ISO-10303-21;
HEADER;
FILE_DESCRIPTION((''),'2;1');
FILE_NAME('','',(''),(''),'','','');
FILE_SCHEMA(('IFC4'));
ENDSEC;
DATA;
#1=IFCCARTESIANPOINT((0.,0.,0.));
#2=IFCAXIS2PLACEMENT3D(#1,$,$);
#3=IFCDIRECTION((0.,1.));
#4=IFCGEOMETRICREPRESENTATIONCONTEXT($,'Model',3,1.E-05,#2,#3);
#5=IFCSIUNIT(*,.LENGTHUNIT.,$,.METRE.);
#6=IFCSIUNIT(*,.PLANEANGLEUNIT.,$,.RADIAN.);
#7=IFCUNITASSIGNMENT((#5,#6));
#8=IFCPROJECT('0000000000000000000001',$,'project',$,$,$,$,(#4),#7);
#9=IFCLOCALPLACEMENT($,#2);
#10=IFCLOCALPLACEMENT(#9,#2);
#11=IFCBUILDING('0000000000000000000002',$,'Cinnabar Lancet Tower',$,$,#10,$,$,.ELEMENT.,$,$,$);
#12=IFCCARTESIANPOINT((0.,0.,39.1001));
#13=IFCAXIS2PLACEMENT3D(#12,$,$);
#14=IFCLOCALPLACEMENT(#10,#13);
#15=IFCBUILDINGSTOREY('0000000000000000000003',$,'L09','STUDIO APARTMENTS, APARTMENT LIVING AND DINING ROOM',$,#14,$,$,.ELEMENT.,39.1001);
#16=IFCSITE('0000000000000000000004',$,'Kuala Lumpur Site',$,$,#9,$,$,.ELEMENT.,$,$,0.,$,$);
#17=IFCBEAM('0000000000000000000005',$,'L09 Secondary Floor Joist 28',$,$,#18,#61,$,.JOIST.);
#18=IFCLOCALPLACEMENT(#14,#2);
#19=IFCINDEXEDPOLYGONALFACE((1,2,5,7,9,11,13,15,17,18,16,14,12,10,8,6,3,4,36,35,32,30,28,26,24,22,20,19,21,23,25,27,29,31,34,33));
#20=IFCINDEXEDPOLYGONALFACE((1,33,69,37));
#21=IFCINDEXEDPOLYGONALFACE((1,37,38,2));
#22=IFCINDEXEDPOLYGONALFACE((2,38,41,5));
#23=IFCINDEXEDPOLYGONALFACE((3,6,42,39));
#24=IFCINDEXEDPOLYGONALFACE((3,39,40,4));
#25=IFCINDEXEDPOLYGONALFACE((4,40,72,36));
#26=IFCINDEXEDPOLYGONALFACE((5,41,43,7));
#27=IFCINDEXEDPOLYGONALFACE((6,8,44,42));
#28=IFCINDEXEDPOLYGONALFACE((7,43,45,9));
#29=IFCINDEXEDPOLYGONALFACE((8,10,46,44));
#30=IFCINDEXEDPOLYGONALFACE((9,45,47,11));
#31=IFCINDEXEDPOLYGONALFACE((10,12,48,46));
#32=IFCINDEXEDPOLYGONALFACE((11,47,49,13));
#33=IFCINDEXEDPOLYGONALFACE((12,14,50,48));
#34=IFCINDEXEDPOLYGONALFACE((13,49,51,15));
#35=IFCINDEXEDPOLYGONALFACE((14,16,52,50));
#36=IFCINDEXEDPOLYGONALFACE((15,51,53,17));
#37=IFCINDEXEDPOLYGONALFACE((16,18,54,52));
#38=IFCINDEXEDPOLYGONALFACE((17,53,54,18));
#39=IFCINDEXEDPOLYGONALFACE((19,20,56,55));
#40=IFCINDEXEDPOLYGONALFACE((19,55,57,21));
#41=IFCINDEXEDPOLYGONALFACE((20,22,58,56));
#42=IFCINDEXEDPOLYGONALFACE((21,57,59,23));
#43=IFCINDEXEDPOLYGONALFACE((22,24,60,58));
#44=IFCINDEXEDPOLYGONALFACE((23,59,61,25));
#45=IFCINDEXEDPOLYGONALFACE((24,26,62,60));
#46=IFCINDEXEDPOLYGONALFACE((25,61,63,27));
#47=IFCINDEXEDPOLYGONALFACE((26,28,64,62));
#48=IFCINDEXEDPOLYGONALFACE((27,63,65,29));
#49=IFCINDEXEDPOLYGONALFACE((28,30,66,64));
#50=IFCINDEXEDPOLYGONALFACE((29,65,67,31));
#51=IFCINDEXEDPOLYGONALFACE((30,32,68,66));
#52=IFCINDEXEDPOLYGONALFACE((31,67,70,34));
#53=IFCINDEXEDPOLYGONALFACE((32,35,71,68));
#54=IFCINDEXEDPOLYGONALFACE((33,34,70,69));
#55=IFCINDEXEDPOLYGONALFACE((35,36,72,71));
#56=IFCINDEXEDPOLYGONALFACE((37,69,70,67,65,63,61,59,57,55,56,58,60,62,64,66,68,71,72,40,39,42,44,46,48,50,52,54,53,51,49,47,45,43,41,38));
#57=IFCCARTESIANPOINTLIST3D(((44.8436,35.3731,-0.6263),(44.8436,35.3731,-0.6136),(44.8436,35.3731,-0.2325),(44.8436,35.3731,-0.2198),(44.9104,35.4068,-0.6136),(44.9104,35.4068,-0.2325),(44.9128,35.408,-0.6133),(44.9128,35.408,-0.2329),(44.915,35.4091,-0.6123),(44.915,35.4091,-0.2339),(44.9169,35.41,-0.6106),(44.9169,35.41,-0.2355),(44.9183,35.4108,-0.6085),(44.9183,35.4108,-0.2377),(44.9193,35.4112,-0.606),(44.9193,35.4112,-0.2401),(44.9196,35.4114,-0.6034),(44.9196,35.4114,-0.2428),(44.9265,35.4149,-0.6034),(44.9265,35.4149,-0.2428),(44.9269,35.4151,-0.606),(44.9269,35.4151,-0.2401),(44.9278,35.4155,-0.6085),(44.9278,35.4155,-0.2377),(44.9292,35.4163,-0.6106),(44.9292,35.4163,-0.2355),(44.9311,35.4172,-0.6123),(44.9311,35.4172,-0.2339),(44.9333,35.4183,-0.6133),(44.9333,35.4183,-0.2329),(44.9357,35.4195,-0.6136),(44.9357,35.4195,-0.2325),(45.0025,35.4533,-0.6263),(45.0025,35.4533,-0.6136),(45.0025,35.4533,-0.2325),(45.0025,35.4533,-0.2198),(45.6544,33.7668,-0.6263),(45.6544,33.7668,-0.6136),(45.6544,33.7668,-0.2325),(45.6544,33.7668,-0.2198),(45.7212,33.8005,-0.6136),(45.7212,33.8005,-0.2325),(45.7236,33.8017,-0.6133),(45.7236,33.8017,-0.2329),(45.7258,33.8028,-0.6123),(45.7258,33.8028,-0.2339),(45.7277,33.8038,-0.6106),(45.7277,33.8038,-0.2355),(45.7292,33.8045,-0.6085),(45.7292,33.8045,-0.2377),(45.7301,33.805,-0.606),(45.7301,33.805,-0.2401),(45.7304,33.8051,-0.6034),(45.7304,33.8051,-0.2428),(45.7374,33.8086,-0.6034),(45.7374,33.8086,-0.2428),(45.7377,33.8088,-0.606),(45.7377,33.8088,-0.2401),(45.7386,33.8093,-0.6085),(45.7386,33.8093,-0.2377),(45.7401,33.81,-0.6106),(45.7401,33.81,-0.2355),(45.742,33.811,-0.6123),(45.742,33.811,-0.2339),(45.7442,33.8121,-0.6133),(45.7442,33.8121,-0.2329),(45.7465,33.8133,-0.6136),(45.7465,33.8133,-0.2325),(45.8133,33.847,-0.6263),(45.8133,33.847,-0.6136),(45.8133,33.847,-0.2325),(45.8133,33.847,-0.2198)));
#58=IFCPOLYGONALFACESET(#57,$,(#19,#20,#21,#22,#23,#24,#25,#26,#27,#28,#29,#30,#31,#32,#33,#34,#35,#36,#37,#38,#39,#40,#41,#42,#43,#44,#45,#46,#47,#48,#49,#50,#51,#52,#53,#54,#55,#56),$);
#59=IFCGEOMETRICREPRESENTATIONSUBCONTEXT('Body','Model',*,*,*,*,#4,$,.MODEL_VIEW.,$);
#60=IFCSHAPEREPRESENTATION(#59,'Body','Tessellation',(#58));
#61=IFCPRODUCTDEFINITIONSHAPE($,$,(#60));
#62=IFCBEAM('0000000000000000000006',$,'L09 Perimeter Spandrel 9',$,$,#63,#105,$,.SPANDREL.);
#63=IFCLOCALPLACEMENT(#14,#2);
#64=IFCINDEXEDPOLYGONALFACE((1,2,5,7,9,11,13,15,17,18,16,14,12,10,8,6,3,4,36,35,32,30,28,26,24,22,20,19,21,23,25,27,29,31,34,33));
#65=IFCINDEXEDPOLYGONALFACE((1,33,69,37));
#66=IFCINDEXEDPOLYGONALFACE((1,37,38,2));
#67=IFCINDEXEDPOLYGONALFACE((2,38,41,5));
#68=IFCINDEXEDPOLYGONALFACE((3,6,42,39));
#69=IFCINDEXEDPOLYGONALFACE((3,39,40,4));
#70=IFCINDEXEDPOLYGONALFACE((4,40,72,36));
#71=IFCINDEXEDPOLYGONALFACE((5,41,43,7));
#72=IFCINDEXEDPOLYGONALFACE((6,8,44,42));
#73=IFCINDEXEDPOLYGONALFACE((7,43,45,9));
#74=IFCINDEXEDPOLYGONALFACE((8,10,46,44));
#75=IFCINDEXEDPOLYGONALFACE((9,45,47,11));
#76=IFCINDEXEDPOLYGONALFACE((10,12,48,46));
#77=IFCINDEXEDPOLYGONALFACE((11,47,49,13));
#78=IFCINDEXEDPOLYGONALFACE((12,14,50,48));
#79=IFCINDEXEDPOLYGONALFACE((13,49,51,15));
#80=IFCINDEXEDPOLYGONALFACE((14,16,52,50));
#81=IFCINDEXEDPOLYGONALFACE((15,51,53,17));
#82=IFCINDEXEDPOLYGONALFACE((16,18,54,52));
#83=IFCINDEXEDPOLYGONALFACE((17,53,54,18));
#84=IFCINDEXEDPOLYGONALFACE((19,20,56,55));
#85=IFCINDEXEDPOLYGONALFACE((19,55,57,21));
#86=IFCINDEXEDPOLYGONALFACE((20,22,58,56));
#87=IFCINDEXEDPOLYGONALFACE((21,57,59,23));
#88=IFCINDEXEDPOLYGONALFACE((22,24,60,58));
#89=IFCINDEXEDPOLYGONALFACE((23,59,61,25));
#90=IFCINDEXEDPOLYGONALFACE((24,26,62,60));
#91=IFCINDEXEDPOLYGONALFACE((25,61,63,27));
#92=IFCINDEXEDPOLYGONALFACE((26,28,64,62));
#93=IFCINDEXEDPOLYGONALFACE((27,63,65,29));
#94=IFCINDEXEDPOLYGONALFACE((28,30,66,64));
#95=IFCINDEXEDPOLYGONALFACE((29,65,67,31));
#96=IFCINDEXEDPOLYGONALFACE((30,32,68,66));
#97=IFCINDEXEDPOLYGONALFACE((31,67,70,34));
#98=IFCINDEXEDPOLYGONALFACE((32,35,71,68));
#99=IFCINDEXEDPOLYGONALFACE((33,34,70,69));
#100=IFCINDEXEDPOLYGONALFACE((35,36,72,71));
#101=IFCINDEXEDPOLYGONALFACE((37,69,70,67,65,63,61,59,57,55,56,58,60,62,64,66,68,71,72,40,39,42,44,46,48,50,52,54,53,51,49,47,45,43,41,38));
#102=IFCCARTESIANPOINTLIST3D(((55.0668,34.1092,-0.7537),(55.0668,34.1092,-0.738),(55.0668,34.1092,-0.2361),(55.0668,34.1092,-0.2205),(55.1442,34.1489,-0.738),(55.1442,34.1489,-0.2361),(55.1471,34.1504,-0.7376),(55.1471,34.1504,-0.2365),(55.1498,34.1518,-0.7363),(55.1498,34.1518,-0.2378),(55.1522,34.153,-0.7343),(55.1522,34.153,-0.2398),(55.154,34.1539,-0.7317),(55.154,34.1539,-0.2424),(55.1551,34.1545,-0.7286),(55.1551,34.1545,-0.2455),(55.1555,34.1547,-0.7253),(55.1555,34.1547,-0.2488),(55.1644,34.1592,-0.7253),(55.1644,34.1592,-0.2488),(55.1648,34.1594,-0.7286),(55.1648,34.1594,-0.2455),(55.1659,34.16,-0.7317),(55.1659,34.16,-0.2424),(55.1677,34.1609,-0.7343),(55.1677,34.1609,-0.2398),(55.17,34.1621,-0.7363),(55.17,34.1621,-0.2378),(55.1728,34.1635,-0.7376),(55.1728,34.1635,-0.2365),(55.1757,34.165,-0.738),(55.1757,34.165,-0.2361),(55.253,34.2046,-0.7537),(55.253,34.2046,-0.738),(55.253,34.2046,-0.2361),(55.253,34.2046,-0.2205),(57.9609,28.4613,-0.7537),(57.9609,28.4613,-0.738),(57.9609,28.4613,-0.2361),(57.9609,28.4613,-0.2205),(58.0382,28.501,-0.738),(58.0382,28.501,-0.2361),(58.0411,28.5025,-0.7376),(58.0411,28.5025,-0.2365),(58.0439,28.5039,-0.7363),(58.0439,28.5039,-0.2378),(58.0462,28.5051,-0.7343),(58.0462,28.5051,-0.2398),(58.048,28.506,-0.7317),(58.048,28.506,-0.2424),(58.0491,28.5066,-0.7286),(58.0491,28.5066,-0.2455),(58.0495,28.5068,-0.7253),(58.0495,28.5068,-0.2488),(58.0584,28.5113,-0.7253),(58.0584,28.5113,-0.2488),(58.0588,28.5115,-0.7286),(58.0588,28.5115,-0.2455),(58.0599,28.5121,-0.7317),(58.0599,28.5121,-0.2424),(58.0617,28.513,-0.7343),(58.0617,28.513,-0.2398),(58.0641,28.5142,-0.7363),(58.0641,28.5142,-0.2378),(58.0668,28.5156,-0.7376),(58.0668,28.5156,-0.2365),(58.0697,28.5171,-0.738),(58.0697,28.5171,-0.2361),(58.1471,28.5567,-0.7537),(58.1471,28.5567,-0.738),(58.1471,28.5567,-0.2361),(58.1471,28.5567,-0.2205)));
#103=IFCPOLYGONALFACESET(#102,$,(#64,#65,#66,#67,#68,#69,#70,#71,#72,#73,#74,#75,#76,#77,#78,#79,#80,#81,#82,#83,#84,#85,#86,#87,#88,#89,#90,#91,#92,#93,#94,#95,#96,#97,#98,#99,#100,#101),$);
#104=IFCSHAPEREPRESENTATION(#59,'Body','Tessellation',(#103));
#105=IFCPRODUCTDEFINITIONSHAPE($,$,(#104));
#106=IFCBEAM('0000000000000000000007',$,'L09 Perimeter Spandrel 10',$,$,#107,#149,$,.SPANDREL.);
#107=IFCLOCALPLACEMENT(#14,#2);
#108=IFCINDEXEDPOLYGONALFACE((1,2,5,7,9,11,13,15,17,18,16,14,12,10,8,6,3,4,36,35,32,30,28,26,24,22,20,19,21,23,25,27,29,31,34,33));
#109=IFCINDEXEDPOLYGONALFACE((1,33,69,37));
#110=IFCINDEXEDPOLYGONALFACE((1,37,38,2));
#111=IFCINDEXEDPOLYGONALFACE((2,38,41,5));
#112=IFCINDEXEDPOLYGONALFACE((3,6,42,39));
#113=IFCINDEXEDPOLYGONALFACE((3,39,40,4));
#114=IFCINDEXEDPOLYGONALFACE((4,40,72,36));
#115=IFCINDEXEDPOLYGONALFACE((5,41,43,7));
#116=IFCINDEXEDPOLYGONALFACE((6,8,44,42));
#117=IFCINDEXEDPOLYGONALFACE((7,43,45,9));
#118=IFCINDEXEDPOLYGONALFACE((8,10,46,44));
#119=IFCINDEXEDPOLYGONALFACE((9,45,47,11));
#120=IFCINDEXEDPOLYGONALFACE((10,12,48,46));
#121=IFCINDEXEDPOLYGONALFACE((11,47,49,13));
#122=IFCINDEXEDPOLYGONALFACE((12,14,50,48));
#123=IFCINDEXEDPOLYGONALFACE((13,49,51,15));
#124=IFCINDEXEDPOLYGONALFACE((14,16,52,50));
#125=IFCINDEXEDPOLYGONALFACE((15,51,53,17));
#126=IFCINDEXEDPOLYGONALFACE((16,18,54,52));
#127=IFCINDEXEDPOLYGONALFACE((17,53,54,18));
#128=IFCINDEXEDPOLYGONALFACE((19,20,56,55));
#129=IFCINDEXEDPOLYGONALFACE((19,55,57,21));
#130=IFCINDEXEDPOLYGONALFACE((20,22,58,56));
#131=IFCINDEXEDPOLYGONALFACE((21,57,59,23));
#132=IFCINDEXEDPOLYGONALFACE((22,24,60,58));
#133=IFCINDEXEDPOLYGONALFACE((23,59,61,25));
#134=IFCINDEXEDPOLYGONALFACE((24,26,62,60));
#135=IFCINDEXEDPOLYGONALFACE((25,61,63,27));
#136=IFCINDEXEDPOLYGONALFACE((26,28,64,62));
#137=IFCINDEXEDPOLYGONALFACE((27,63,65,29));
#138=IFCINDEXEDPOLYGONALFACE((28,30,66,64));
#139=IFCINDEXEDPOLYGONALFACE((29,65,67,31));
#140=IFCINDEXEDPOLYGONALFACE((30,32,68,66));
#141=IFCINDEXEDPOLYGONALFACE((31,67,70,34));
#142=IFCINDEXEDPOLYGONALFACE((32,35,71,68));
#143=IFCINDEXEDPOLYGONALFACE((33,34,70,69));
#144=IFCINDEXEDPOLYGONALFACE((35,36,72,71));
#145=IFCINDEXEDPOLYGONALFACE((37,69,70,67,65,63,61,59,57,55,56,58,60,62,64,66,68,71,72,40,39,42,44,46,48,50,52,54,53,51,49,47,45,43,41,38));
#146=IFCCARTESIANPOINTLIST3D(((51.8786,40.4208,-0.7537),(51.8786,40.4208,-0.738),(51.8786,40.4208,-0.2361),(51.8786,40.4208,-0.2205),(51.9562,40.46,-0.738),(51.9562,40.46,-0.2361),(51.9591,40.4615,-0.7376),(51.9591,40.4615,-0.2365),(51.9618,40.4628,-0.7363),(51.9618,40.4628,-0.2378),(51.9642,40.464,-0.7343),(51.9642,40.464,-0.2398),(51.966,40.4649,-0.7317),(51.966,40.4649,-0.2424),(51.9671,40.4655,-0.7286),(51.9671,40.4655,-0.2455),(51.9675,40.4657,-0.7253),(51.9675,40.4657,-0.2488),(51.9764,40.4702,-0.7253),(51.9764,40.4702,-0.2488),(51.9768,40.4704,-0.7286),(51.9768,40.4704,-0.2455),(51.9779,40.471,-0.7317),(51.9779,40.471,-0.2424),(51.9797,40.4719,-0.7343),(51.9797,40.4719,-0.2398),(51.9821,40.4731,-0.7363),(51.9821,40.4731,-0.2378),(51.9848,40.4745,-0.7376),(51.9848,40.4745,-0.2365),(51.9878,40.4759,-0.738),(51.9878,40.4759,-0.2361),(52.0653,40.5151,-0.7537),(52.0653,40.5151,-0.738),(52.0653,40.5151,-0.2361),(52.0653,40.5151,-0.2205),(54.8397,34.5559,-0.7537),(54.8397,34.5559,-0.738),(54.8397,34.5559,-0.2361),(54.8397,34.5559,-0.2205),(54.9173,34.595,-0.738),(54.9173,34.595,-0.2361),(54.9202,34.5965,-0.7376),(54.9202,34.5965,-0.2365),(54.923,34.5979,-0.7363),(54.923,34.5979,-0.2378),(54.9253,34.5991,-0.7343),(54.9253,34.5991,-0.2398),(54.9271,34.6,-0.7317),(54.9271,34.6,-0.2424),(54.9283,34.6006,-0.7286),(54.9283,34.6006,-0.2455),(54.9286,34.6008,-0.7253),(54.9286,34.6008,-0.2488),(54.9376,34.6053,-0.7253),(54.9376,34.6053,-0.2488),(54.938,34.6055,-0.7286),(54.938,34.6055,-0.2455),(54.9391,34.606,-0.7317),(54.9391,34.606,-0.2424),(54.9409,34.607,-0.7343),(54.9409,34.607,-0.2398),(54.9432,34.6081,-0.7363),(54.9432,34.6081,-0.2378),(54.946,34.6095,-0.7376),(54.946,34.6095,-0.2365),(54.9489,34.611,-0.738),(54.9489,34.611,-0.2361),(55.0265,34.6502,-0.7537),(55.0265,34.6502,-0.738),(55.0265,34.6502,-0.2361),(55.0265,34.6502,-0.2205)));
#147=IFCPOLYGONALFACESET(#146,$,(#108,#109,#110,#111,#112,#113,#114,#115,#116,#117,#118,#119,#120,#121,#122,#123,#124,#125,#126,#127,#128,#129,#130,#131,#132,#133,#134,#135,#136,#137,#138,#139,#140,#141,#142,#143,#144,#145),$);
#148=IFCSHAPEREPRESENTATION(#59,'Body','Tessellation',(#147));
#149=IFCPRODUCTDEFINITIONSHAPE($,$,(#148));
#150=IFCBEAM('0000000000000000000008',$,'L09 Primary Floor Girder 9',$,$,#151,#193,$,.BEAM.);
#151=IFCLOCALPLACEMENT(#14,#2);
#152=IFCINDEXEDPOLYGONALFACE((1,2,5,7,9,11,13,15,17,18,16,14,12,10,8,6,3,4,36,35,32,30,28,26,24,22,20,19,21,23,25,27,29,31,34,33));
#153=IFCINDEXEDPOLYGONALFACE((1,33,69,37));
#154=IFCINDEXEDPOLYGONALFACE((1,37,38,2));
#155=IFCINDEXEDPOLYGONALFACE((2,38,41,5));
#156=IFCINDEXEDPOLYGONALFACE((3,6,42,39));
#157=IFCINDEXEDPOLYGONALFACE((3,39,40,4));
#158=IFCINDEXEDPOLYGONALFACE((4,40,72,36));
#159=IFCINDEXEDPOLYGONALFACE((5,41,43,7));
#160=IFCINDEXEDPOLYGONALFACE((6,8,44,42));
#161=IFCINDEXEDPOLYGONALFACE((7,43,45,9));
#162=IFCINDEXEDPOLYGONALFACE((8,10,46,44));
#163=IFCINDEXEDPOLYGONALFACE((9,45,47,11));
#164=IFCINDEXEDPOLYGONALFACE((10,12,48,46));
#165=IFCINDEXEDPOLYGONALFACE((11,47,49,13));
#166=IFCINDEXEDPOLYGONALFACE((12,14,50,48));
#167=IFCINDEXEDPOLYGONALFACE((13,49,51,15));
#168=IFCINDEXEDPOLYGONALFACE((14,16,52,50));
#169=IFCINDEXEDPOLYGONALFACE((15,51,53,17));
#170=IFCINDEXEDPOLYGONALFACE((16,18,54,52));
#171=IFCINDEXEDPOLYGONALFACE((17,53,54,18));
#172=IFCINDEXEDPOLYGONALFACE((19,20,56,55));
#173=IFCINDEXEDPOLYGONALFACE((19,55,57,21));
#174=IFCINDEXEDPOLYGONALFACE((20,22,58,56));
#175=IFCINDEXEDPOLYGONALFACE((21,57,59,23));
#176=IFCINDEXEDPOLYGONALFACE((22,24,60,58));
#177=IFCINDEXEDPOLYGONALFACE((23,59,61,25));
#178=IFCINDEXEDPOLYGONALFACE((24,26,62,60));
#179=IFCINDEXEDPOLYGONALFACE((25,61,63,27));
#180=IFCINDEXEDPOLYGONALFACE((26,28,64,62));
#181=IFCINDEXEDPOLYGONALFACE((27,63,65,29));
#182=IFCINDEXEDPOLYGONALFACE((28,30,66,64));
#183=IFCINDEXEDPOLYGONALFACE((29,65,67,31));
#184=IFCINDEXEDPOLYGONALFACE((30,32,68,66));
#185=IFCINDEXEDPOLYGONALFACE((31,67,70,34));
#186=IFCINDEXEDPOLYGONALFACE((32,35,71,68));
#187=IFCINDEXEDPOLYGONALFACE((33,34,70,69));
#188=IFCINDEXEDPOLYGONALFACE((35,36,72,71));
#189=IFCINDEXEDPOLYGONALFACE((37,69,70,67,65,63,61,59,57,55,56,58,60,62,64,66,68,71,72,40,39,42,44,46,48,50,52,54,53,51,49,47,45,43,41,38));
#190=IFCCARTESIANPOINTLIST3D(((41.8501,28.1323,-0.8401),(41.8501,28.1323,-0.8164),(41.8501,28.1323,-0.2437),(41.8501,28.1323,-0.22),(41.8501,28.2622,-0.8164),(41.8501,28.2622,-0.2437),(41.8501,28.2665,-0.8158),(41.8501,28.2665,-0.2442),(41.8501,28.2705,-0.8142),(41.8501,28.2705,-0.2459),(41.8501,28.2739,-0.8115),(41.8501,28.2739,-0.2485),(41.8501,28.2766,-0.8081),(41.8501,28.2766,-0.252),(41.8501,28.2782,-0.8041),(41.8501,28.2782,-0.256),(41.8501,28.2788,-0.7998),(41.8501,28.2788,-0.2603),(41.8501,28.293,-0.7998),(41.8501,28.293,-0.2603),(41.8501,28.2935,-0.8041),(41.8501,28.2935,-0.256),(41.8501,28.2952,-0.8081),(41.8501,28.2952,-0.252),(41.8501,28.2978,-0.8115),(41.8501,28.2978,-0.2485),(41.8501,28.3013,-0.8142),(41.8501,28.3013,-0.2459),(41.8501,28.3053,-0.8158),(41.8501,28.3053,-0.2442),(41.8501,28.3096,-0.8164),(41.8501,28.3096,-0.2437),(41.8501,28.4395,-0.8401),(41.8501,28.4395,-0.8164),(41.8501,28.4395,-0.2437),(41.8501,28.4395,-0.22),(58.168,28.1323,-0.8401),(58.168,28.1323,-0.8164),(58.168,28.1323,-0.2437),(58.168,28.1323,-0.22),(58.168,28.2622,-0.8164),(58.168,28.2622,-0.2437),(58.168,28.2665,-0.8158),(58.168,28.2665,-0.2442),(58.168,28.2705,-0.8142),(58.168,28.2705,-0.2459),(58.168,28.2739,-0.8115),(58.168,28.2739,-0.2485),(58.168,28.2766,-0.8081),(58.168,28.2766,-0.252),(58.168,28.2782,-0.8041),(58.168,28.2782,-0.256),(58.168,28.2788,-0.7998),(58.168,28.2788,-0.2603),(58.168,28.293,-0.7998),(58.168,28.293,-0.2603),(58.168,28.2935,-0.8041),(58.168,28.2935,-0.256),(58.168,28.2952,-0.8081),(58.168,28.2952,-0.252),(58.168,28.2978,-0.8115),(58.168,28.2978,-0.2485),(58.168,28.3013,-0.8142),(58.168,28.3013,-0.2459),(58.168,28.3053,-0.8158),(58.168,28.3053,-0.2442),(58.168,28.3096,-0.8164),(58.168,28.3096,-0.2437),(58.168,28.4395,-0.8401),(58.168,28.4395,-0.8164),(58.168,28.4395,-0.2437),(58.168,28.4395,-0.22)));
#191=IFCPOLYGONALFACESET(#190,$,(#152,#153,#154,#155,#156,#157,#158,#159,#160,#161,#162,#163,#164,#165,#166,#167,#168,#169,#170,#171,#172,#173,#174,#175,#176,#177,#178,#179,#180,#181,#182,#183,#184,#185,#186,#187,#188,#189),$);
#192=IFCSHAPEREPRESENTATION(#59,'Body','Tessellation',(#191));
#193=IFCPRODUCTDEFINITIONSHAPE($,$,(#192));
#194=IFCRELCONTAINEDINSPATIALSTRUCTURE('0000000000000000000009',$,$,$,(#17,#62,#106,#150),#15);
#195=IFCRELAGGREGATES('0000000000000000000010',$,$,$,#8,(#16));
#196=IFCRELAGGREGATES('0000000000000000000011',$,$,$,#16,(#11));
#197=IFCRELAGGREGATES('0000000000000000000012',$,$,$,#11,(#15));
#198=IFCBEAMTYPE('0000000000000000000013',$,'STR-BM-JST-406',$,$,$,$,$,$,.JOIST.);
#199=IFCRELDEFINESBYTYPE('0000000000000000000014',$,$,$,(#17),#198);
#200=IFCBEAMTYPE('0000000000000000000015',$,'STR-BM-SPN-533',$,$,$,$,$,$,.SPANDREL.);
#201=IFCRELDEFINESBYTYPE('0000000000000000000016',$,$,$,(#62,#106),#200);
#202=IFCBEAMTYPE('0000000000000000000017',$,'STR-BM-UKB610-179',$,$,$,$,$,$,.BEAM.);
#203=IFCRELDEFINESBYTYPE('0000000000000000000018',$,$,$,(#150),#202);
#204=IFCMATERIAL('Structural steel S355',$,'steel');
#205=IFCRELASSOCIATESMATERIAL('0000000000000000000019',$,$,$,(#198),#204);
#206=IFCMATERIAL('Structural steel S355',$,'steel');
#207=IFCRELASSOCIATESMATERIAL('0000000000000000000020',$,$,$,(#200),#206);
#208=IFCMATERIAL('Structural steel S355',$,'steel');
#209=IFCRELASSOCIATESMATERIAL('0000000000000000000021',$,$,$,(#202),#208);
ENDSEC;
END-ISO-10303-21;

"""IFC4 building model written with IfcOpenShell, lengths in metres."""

from ifc_helpers import new_model, si_unit, direction, frame, origin, origin_2d, place, context, subcontext, project, spatial, i_section, extrude, material, material_profile, profile_set, type_object, element, save


model = new_model("IFC4")

# Units and contexts
model_context = context("Model", 3, precision=1e-05, world=origin(), true_north=direction((0.0, 1.0)))
body_context = subcontext(model_context, "Body", "Model", "MODEL_VIEW")
ifc_project = project(units=[si_unit("LENGTHUNIT", "METRE"), si_unit("PLANEANGLEUNIT", "RADIAN")], contexts=[model_context])

# Site, building, storey
site_placement = place(None, origin())
site = spatial("IfcSite", under=ifc_project, at=site_placement, Name="Kuala Lumpur Site", CompositionType="ELEMENT", RefElevation=0.0)
building_placement = place(site_placement, origin())
building = spatial("IfcBuilding", under=site, at=building_placement, Name="Cinnabar Lancet Tower", CompositionType="ELEMENT")
storey_placement = place(building_placement, frame((0.0, 0.0, 39.1001)))
storey = spatial("IfcBuildingStorey", under=building, at=storey_placement, Name="L09", Description="STUDIO APARTMENTS, APARTMENT LIVING AND DINING ROOM", CompositionType="ELEMENT", Elevation=39.1001)

# Beams
ifc_material_1 = material(Name="Structural steel S355", Category="steel")
ifc_material_profile_1 = material_profile(ifc_material_1, i_section(OverallWidth=0.178, OverallDepth=0.4065, WebThickness=0.0078, FlangeThickness=0.0127, FilletRadius=0.0103, at=origin_2d()), Name="UKB 406x178x60")
ifc_profile_set_1 = profile_set([ifc_material_profile_1], Name="Structural steel S355")
beam_type_1 = type_object("IfcBeamType", Name="STR-BM-JST-406", PredefinedType="JOIST", material=ifc_profile_set_1)
beam_1_placement = place(storey_placement, frame((45.7339, 33.8069, -0.4231), z_axis=(-0.45063, 0.892711, 0.0), x_axis=(-0.892711, -0.45063, 0.0)))
element("IfcBeam", 1, at=beam_1_placement, inside=storey, type_object=beam_type_1, Name="L09 Secondary Floor Joist 28", PredefinedType="JOIST", context=body_context, shape_type="SweptSolid", body=[
    extrude(i_section(OverallWidth=0.178, OverallDepth=0.4065, WebThickness=0.0078, FlangeThickness=0.0127, FilletRadius=0.0103, at=origin_2d()), origin(), (0.0, 0.0, 1.0), 1.7993),
])
ifc_material_2 = material(Name="Structural steel S355", Category="steel")
ifc_material_profile_2 = material_profile(ifc_material_2, i_section(OverallWidth=0.2092, OverallDepth=0.5332, WebThickness=0.01, FlangeThickness=0.0156, FilletRadius=0.0127, at=origin_2d()), Name="UKB 533x210x92")
ifc_profile_set_2 = profile_set([ifc_material_profile_2], Name="Structural steel S355")
beam_type_2 = type_object("IfcBeamType", Name="STR-BM-SPN-533", PredefinedType="SPANDREL", material=ifc_profile_set_2)
beam_2_placement = place(storey_placement, frame((58.054, 28.509, -0.4871), z_axis=(-0.456025, 0.889967, 0.0), x_axis=(-0.889967, -0.456025, 0.0)))
element("IfcBeam", 2, at=beam_2_placement, inside=storey, type_object=beam_type_2, Name="L09 Perimeter Spandrel 9", PredefinedType="SPANDREL", context=body_context, shape_type="SweptSolid", body=[
    extrude(i_section(OverallWidth=0.2092, OverallDepth=0.5332, WebThickness=0.01, FlangeThickness=0.0156, FilletRadius=0.0127, at=origin_2d()), origin(), (0.0, 0.0, 1.0), 6.3462),
])
beam_3_placement = place(storey_placement, frame((54.9331, 34.603, -0.4871), z_axis=(-0.450703, 0.892674, 0.0), x_axis=(-0.892674, -0.450703, 0.0)))
element("IfcBeam", 3, at=beam_3_placement, inside=storey, type_object=beam_type_2, Name="L09 Perimeter Spandrel 10", PredefinedType="SPANDREL", context=body_context, shape_type="SweptSolid", body=[
    extrude(i_section(OverallWidth=0.2092, OverallDepth=0.5332, WebThickness=0.01, FlangeThickness=0.0156, FilletRadius=0.0127, at=origin_2d()), origin(), (0.0, 0.0, 1.0), 6.5701),
])
ifc_material_3 = material(Name="Structural steel S355", Category="steel")
ifc_material_profile_3 = material_profile(ifc_material_3, i_section(OverallWidth=0.3071, OverallDepth=0.6201, WebThickness=0.0142, FlangeThickness=0.0237, FilletRadius=0.0166, at=origin_2d()), Name="UKB 610x305x179")
ifc_profile_set_3 = profile_set([ifc_material_profile_3], Name="Structural steel S355")
beam_type_3 = type_object("IfcBeamType", Name="STR-BM-UKB610-179", PredefinedType="BEAM", material=ifc_profile_set_3)
beam_4_placement = place(storey_placement, frame((58.168, 28.2859, -0.53), z_axis=(-1.0, 0.0, 0.0), x_axis=(0.0, -1.0, 0.0)))
element("IfcBeam", 4, at=beam_4_placement, inside=storey, type_object=beam_type_3, Name="L09 Primary Floor Girder 9", PredefinedType="BEAM", context=body_context, shape_type="SweptSolid", body=[
    extrude(i_section(OverallWidth=0.3071, OverallDepth=0.6201, WebThickness=0.0142, FlangeThickness=0.0237, FilletRadius=0.0166, at=origin_2d()), origin(), (0.0, 0.0, 1.0), 16.3179),
])

save(model, "model.ifc")
